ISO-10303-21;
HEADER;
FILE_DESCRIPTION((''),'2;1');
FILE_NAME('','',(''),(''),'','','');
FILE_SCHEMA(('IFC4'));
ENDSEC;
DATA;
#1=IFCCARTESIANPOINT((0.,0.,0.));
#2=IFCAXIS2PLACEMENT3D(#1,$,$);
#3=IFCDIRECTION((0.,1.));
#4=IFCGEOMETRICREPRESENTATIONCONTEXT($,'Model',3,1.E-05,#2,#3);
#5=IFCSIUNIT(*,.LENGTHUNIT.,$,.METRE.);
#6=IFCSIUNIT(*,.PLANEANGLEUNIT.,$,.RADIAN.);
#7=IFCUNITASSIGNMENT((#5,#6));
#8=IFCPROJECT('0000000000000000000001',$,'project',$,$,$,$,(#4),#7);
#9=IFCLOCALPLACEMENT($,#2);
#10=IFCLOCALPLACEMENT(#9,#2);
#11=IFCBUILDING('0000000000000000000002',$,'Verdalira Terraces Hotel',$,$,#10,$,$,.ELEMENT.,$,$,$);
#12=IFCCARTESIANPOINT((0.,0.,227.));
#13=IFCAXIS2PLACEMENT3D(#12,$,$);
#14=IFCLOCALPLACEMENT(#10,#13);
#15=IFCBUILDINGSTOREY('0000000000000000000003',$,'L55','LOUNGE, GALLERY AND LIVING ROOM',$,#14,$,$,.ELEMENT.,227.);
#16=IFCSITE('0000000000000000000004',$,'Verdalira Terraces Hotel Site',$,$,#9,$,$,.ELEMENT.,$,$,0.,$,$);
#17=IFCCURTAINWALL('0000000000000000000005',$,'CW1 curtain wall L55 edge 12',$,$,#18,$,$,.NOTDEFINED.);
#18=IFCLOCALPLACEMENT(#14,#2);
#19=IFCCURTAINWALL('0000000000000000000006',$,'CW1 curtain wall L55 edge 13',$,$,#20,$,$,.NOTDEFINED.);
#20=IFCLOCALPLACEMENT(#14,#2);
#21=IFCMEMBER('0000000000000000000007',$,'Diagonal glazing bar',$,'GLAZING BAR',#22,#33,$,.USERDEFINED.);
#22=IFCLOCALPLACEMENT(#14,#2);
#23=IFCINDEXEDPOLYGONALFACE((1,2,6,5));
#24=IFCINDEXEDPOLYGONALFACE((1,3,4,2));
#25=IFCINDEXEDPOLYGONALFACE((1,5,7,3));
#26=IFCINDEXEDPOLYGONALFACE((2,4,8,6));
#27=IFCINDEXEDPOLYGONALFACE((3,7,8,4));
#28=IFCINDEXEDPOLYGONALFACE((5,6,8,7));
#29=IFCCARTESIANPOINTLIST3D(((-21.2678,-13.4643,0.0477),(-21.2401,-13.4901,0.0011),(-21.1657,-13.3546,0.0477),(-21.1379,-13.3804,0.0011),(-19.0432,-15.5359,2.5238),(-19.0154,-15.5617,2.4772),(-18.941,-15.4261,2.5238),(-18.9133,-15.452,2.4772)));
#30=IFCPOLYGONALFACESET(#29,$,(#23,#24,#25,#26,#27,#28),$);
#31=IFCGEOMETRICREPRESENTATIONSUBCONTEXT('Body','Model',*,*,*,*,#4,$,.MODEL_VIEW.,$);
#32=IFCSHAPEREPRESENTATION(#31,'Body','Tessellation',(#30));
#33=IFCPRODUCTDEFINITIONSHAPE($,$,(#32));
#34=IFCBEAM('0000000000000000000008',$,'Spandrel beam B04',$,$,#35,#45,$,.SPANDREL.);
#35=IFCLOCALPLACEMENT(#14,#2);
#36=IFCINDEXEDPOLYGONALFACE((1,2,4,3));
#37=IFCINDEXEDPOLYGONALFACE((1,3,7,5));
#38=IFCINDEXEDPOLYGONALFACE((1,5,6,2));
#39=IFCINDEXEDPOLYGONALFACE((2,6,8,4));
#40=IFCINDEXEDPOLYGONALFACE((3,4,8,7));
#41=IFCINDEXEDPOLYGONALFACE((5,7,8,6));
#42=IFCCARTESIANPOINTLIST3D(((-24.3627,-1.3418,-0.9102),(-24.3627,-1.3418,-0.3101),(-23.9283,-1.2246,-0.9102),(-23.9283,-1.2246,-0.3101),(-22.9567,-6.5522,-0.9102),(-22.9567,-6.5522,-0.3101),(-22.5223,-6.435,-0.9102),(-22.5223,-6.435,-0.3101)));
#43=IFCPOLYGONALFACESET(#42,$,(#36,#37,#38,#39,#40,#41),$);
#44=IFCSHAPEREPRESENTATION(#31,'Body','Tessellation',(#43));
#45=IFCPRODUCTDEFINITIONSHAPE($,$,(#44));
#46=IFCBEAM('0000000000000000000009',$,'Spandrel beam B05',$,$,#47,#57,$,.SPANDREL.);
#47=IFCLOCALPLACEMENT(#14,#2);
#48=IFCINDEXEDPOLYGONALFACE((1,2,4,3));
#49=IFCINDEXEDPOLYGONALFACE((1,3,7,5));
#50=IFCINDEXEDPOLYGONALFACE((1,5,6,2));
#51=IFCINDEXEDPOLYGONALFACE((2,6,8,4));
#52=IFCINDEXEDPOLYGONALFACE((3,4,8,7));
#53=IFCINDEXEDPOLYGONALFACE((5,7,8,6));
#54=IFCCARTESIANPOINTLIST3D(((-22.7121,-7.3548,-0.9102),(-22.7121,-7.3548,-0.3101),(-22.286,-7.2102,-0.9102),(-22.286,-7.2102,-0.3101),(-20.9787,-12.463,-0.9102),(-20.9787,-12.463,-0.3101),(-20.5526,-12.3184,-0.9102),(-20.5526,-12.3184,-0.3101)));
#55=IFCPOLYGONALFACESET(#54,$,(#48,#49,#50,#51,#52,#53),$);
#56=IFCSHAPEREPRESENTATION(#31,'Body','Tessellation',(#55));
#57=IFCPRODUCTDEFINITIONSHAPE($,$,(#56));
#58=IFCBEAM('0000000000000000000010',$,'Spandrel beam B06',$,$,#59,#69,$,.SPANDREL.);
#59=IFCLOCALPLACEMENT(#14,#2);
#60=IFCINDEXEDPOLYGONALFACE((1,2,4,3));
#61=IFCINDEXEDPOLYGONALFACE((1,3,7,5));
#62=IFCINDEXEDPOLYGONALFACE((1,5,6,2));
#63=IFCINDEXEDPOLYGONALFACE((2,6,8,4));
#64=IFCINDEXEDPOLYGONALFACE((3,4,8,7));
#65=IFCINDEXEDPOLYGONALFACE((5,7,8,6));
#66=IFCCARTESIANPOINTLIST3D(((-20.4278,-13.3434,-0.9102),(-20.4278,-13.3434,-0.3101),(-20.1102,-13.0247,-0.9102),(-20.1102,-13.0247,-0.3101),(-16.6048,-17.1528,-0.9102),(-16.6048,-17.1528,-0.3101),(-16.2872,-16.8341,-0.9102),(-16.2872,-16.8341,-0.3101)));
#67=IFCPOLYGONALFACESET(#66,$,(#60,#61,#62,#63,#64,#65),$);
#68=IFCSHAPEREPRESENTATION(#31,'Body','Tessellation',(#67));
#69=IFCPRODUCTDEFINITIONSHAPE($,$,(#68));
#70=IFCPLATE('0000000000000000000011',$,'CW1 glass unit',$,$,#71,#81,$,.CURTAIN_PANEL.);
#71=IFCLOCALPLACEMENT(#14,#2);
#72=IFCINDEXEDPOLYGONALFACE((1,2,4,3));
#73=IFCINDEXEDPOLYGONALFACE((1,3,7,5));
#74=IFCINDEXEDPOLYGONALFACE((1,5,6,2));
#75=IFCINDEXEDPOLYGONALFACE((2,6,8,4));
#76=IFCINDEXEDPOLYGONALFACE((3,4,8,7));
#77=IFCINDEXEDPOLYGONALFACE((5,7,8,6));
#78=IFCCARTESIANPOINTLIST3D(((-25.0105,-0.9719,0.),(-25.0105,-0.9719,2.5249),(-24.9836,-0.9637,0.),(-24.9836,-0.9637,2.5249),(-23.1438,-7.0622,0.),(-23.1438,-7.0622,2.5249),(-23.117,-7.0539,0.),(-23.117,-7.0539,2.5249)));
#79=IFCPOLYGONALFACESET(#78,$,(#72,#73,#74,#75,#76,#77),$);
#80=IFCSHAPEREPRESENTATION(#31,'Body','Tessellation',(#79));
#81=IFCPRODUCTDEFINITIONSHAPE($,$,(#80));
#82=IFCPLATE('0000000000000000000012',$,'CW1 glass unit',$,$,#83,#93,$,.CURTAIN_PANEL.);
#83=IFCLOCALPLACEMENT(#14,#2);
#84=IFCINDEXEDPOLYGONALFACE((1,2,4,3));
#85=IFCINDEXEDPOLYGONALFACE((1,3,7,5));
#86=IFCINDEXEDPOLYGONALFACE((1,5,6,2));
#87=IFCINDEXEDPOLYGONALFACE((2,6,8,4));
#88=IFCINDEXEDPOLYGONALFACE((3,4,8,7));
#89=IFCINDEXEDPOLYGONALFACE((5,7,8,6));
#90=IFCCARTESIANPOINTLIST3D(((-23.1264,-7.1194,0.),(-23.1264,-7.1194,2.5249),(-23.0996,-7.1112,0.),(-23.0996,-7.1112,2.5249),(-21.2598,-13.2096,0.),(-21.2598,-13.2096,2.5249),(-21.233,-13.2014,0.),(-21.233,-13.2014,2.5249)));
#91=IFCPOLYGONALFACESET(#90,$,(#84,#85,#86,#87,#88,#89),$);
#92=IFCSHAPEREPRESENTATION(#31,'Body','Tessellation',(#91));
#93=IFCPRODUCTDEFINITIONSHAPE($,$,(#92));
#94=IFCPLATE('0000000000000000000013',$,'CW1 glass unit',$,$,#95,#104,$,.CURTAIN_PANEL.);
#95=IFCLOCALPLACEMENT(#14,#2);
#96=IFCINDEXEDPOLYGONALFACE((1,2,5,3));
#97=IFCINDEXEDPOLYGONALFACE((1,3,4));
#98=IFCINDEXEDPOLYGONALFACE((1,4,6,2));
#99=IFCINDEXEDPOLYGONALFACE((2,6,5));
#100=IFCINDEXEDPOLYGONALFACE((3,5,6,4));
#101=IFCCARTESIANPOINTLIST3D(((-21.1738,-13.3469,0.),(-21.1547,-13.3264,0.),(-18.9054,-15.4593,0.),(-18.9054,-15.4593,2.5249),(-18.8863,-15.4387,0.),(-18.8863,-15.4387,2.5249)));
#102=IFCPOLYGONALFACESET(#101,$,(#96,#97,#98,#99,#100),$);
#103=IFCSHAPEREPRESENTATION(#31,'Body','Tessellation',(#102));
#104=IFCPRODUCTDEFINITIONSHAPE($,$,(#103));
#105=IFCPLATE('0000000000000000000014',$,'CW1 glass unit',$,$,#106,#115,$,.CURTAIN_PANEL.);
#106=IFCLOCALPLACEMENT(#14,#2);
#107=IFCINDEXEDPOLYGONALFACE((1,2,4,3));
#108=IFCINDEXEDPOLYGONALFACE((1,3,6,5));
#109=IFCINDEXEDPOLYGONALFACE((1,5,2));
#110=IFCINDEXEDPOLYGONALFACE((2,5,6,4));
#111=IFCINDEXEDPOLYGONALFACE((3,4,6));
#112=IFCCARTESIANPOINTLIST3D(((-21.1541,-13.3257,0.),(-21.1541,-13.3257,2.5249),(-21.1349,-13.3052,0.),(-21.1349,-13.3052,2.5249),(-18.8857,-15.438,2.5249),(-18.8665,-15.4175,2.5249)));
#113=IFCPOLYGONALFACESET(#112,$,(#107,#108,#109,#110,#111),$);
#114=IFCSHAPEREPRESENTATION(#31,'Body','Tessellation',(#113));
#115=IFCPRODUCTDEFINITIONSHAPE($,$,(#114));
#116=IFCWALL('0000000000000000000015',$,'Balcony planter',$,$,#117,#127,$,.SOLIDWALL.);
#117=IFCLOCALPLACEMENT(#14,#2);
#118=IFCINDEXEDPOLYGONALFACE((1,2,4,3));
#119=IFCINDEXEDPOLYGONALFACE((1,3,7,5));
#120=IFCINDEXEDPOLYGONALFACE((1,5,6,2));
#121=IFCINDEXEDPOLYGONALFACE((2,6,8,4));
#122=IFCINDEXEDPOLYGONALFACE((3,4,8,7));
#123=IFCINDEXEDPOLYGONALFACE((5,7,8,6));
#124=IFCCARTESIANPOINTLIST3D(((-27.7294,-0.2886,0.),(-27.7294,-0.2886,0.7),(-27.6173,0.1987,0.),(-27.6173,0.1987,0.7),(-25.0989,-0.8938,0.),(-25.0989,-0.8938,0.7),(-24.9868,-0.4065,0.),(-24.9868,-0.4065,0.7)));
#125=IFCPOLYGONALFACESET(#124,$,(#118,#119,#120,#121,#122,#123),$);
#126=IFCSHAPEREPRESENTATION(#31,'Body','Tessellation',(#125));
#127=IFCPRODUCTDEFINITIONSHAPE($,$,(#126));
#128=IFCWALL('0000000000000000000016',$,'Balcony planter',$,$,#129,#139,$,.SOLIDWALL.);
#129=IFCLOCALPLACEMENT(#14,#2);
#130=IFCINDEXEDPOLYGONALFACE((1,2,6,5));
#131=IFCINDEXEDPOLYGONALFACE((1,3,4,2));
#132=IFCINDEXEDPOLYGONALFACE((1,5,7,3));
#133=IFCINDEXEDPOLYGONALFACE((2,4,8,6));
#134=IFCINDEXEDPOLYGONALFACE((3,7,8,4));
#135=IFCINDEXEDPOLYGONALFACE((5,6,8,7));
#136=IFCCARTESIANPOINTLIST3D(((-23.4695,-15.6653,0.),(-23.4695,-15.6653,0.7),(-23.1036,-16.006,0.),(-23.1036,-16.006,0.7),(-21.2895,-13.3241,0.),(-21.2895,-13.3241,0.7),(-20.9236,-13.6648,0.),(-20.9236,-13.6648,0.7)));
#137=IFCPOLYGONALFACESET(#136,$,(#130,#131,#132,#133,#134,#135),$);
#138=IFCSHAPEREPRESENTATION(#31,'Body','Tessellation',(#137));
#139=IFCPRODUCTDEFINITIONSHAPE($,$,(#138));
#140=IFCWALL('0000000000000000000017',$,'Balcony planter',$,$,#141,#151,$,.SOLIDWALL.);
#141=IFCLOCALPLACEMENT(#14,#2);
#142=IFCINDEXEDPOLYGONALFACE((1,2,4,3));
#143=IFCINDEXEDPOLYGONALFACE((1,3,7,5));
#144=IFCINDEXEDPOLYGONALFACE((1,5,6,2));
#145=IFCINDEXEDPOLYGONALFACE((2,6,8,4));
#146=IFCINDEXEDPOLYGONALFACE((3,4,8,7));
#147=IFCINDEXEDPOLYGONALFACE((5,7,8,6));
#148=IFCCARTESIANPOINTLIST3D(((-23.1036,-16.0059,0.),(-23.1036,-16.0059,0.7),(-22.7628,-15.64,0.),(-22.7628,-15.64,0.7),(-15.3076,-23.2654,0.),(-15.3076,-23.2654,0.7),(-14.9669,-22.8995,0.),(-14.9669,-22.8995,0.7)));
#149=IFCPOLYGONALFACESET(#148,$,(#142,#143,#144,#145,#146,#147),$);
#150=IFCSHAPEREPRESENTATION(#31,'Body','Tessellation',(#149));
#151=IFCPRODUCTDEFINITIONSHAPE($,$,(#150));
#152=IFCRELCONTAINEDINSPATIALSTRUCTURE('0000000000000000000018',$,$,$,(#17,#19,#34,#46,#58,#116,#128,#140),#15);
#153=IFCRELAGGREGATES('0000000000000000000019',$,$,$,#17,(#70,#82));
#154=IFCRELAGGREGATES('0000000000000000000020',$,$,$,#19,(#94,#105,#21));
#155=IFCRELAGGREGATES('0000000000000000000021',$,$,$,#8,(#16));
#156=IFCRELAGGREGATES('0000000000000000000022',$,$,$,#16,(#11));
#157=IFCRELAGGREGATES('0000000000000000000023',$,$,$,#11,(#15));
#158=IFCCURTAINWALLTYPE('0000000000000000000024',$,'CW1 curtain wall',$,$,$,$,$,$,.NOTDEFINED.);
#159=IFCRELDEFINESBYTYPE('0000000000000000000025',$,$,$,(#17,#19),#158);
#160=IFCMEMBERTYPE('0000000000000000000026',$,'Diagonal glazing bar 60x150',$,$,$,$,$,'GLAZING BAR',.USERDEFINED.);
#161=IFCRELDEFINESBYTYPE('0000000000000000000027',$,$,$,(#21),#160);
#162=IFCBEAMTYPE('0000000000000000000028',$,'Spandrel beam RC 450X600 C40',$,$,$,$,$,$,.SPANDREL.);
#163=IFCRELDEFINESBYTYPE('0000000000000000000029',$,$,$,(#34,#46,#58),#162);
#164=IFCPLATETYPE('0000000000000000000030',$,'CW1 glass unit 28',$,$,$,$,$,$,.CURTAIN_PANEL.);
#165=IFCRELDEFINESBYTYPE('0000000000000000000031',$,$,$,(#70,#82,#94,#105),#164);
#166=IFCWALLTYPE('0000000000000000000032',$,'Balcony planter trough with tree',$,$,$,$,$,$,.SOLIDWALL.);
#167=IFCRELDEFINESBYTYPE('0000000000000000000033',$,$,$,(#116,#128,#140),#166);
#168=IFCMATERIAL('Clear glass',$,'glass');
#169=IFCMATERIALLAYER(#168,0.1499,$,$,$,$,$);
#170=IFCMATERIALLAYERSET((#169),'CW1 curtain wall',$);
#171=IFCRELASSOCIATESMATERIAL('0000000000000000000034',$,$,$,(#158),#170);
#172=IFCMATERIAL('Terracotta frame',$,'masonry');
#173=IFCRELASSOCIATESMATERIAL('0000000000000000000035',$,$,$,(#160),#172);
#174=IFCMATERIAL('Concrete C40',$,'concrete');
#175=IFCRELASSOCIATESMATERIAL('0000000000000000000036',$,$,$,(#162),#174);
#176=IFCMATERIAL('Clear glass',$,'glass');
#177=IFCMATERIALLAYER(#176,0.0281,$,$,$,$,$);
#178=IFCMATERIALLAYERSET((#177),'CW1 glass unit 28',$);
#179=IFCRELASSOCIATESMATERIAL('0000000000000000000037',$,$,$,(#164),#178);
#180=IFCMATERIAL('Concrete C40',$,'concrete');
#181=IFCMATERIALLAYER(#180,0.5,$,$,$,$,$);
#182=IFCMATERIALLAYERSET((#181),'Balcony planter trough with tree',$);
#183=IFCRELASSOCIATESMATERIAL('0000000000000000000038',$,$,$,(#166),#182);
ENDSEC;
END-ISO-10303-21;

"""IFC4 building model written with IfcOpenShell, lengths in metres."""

from ifc_helpers import new_model, si_unit, direction, frame, frame_2d, origin, origin_2d, place, context, subcontext, project, spatial, polyline, rectangle, outline, extrude, material, layer, layer_set, material_profile, profile_set, type_object, element, aggregate, save


model = new_model("IFC4")

# Units and contexts
model_context = context("Model", 3, precision=1e-05, world=origin(), true_north=direction((0.0, 1.0)))
body_context = subcontext(model_context, "Body", "Model", "MODEL_VIEW")
ifc_project = project(units=[si_unit("LENGTHUNIT", "METRE"), si_unit("PLANEANGLEUNIT", "RADIAN")], contexts=[model_context])

# Site, building, storey
site_placement = place(None, origin())
site = spatial("IfcSite", under=ifc_project, at=site_placement, Name="Verdalira Terraces Hotel Site", CompositionType="ELEMENT", RefElevation=0.0)
building_placement = place(site_placement, origin())
building = spatial("IfcBuilding", under=site, at=building_placement, Name="Verdalira Terraces Hotel", CompositionType="ELEMENT")
storey_placement = place(building_placement, frame((0.0, 0.0, 227.0)))
storey = spatial("IfcBuildingStorey", under=building, at=storey_placement, Name="L55", Description="LOUNGE, GALLERY AND LIVING ROOM", CompositionType="ELEMENT", Elevation=227.0)

# Shared definitions
ifc_material_1 = material(Name="Clear glass", Category="glass")
ifc_layer_1 = layer(ifc_material_1, 0.1499)
ifc_layer_set_1 = layer_set([ifc_layer_1], Name="CW1 curtain wall")
curtain_wall_type = type_object("IfcCurtainWallType", Name="CW1 curtain wall", PredefinedType="NOTDEFINED", material=ifc_layer_set_1)

# Curtain wall
curtain_wall_1_placement = place(storey_placement, origin())
curtain_wall_1 = element("IfcCurtainWall", 1, at=curtain_wall_1_placement, inside=storey, type_object=curtain_wall_type, Name="CW1 curtain wall L55 edge 12", PredefinedType="NOTDEFINED")

# Curtain wall
curtain_wall_2_placement = place(storey_placement, origin())
curtain_wall_2 = element("IfcCurtainWall", 2, at=curtain_wall_2_placement, inside=storey, type_object=curtain_wall_type, Name="CW1 curtain wall L55 edge 13", PredefinedType="NOTDEFINED")

# Member
ifc_material_2 = material(Name="Terracotta frame", Category="masonry")
ifc_material_profile_1 = material_profile(ifc_material_2, rectangle(XDim=0.1499, YDim=0.0601, at=origin_2d()), Name="GB 60x150")
ifc_profile_set_1 = profile_set([ifc_material_profile_1], Name="Terracotta frame")
member_type_1 = type_object("IfcMemberType", Name="Diagonal glazing bar 60x150", ElementType="GLAZING BAR", PredefinedType="USERDEFINED", material=ifc_profile_set_1)
member_1_placement = place(storey_placement, frame((-21.2029, -13.4224, 0.0244), z_axis=(0.567416, -0.528372, 0.631555), x_axis=(0.681479, 0.731837, 0.0)))
member_1 = element("IfcMember", 3, at=member_1_placement, type_object=member_type_1, Name="Diagonal glazing bar", ObjectType="GLAZING BAR", PredefinedType="USERDEFINED", context=body_context, shape_type="SweptSolid", body=[
    extrude(rectangle(XDim=0.1499, YDim=0.0601, at=origin_2d()), origin(), (0.0, 0.0, 1.0), 3.9207),
])

# Beams
ifc_material_3 = material(Name="Concrete C40", Category="concrete")
ifc_material_profile_2 = material_profile(ifc_material_3, rectangle(XDim=0.45, YDim=0.6001, at=origin_2d()), Name="RC 450X600")
ifc_profile_set_2 = profile_set([ifc_material_profile_2], Name="Concrete C40")
beam_type_1 = type_object("IfcBeamType", Name="Spandrel beam RC 450X600 C40", PredefinedType="SPANDREL", material=ifc_profile_set_2)
beam_1_placement = place(storey_placement, frame((-24.1455, -1.2832, -0.6101), z_axis=(0.260525, -0.965467, 0.0), x_axis=(0.965467, 0.260525, 0.0)))
element("IfcBeam", 4, at=beam_1_placement, inside=storey, type_object=beam_type_1, Name="Spandrel beam B04", PredefinedType="SPANDREL", context=body_context, shape_type="SweptSolid", body=[
    extrude(rectangle(XDim=0.45, YDim=0.6001, at=origin_2d()), origin(), (0.0, 0.0, 1.0), 5.3967),
])
beam_2_placement = place(storey_placement, frame((-22.499, -7.2825, -0.6101), z_axis=(0.321342, -0.946963, 0.0), x_axis=(0.946963, 0.321342, 0.0)))
element("IfcBeam", 5, at=beam_2_placement, inside=storey, type_object=beam_type_1, Name="Spandrel beam B05", PredefinedType="SPANDREL", context=body_context, shape_type="SweptSolid", body=[
    extrude(rectangle(XDim=0.45, YDim=0.6001, at=origin_2d()), origin(), (0.0, 0.0, 1.0), 5.3943),
])
beam_3_placement = place(storey_placement, frame((-20.269, -13.1841, -0.6101), z_axis=(0.708372, -0.705839, 0.0), x_axis=(0.705839, 0.708372, 0.0)))
element("IfcBeam", 6, at=beam_3_placement, inside=storey, type_object=beam_type_1, Name="Spandrel beam B06", PredefinedType="SPANDREL", context=body_context, shape_type="SweptSolid", body=[
    extrude(rectangle(XDim=0.45, YDim=0.6001, at=origin_2d()), origin(), (0.0, 0.0, 1.0), 5.397),
])

# Plates
ifc_material_4 = material(Name="Clear glass", Category="glass")
ifc_layer_2 = layer(ifc_material_4, 0.0281)
ifc_layer_set_2 = layer_set([ifc_layer_2], Name="CW1 glass unit 28")
plate_type = type_object("IfcPlateType", Name="CW1 glass unit 28", PredefinedType="CURTAIN_PANEL", material=ifc_layer_set_2)
plate_1_placement = place(storey_placement, frame((-24.0637, -4.0129, 0.0), z_axis=(0.0, 0.0, 1.0), x_axis=(0.293039, -0.9561, 0.0)))
plate_1 = element("IfcPlate", 7, at=plate_1_placement, type_object=plate_type, Name="CW1 glass unit", PredefinedType="CURTAIN_PANEL", context=body_context, shape_type="SweptSolid", body=[
    extrude(rectangle(XDim=6.3699, YDim=0.0281, at=origin_2d()), origin(), (0.0, 0.0, 1.0), 2.5249),
])
plate_2_placement = place(storey_placement, frame((-22.1797, -10.1604, 0.0), z_axis=(0.0, 0.0, 1.0), x_axis=(0.293039, -0.9561, 0.0)))
plate_2 = element("IfcPlate", 8, at=plate_2_placement, type_object=plate_type, Name="CW1 glass unit", PredefinedType="CURTAIN_PANEL", context=body_context, shape_type="SweptSolid", body=[
    extrude(rectangle(XDim=6.3699, YDim=0.0281, at=origin_2d()), origin(), (0.0, 0.0, 1.0), 2.5249),
])
aggregate(curtain_wall_1, [plate_1, plate_2])
plate_3_placement = place(storey_placement, frame((-20.0205, -14.3826, 1.2625), z_axis=(-0.681488, -0.73183, 0.0), x_axis=(0.73183, -0.681488, 0.0)))
plate_3 = element("IfcPlate", 9, at=plate_3_placement, type_object=plate_type, Name="CW1 glass unit", PredefinedType="CURTAIN_PANEL", context=body_context, shape_type="SweptSolid", body=[
    extrude(outline(polyline([(-1.5498, -1.2625), (1.5498, -1.2625), (1.5498, 1.2625), (-1.5498, -1.2625)])), origin(), (0.0, 0.0, 1.0), 0.0281),
])
plate_4_placement = place(storey_placement, frame((-20.0007, -14.3613, 1.2625), z_axis=(-0.681488, -0.73183, 0.0), x_axis=(0.73183, -0.681488, 0.0)))
plate_4 = element("IfcPlate", 10, at=plate_4_placement, type_object=plate_type, Name="CW1 glass unit", PredefinedType="CURTAIN_PANEL", context=body_context, shape_type="SweptSolid", body=[
    extrude(outline(polyline([(-1.5498, -1.2625), (1.5498, 1.2625), (-1.5498, 1.2625), (-1.5498, -1.2625)])), origin(), (0.0, 0.0, 1.0), 0.0281),
])
aggregate(curtain_wall_2, [plate_3, plate_4, member_1])

# Walls
ifc_material_5 = material(Name="Concrete C40", Category="concrete")
ifc_layer_3 = layer(ifc_material_5, 0.5)
ifc_layer_set_3 = layer_set([ifc_layer_3], Name="Balcony planter trough with tree")
wall_type = type_object("IfcWallType", Name="Balcony planter trough with tree", PredefinedType="SOLIDWALL", material=ifc_layer_set_3)
wall_1_placement = place(storey_placement, frame((-27.6733, -0.0449, 0.0), z_axis=(0.0, 0.0, 1.0), x_axis=(0.974536, -0.224232, 0.0)))
element("IfcWall", 11, at=wall_1_placement, inside=storey, type_object=wall_type, Name="Balcony planter", PredefinedType="SOLIDWALL", context=body_context, shape_type="SweptSolid", body=[
    extrude(rectangle(XDim=2.6992, YDim=0.5, at=frame_2d((1.3496, 0.0))), origin(), (0.0, 0.0, 1.0), 0.7),
])
wall_2_placement = place(storey_placement, frame((-21.1064, -13.4944, 0.0), z_axis=(0.0, 0.0, 1.0), x_axis=(-0.681472, -0.731844, 0.0)))
element("IfcWall", 12, at=wall_2_placement, inside=storey, type_object=wall_type, Name="Balcony planter", PredefinedType="SOLIDWALL", context=body_context, shape_type="SweptSolid", body=[
    extrude(rectangle(XDim=3.199, YDim=0.5, at=frame_2d((1.5996, 0.0))), origin(), (0.0, 0.0, 1.0), 0.7),
])
wall_3_placement = place(storey_placement, frame((-22.9331, -15.823, 0.0), z_axis=(0.0, 0.0, 1.0), x_axis=(0.731834, -0.681482, 0.0)))
element("IfcWall", 13, at=wall_3_placement, inside=storey, type_object=wall_type, Name="Balcony planter", PredefinedType="SOLIDWALL", context=body_context, shape_type="SweptSolid", body=[
    extrude(rectangle(XDim=10.6526, YDim=0.5, at=frame_2d((5.3262, 0.0))), origin(), (0.0, 0.0, 1.0), 0.7),
])

save(model, "model.ifc")
